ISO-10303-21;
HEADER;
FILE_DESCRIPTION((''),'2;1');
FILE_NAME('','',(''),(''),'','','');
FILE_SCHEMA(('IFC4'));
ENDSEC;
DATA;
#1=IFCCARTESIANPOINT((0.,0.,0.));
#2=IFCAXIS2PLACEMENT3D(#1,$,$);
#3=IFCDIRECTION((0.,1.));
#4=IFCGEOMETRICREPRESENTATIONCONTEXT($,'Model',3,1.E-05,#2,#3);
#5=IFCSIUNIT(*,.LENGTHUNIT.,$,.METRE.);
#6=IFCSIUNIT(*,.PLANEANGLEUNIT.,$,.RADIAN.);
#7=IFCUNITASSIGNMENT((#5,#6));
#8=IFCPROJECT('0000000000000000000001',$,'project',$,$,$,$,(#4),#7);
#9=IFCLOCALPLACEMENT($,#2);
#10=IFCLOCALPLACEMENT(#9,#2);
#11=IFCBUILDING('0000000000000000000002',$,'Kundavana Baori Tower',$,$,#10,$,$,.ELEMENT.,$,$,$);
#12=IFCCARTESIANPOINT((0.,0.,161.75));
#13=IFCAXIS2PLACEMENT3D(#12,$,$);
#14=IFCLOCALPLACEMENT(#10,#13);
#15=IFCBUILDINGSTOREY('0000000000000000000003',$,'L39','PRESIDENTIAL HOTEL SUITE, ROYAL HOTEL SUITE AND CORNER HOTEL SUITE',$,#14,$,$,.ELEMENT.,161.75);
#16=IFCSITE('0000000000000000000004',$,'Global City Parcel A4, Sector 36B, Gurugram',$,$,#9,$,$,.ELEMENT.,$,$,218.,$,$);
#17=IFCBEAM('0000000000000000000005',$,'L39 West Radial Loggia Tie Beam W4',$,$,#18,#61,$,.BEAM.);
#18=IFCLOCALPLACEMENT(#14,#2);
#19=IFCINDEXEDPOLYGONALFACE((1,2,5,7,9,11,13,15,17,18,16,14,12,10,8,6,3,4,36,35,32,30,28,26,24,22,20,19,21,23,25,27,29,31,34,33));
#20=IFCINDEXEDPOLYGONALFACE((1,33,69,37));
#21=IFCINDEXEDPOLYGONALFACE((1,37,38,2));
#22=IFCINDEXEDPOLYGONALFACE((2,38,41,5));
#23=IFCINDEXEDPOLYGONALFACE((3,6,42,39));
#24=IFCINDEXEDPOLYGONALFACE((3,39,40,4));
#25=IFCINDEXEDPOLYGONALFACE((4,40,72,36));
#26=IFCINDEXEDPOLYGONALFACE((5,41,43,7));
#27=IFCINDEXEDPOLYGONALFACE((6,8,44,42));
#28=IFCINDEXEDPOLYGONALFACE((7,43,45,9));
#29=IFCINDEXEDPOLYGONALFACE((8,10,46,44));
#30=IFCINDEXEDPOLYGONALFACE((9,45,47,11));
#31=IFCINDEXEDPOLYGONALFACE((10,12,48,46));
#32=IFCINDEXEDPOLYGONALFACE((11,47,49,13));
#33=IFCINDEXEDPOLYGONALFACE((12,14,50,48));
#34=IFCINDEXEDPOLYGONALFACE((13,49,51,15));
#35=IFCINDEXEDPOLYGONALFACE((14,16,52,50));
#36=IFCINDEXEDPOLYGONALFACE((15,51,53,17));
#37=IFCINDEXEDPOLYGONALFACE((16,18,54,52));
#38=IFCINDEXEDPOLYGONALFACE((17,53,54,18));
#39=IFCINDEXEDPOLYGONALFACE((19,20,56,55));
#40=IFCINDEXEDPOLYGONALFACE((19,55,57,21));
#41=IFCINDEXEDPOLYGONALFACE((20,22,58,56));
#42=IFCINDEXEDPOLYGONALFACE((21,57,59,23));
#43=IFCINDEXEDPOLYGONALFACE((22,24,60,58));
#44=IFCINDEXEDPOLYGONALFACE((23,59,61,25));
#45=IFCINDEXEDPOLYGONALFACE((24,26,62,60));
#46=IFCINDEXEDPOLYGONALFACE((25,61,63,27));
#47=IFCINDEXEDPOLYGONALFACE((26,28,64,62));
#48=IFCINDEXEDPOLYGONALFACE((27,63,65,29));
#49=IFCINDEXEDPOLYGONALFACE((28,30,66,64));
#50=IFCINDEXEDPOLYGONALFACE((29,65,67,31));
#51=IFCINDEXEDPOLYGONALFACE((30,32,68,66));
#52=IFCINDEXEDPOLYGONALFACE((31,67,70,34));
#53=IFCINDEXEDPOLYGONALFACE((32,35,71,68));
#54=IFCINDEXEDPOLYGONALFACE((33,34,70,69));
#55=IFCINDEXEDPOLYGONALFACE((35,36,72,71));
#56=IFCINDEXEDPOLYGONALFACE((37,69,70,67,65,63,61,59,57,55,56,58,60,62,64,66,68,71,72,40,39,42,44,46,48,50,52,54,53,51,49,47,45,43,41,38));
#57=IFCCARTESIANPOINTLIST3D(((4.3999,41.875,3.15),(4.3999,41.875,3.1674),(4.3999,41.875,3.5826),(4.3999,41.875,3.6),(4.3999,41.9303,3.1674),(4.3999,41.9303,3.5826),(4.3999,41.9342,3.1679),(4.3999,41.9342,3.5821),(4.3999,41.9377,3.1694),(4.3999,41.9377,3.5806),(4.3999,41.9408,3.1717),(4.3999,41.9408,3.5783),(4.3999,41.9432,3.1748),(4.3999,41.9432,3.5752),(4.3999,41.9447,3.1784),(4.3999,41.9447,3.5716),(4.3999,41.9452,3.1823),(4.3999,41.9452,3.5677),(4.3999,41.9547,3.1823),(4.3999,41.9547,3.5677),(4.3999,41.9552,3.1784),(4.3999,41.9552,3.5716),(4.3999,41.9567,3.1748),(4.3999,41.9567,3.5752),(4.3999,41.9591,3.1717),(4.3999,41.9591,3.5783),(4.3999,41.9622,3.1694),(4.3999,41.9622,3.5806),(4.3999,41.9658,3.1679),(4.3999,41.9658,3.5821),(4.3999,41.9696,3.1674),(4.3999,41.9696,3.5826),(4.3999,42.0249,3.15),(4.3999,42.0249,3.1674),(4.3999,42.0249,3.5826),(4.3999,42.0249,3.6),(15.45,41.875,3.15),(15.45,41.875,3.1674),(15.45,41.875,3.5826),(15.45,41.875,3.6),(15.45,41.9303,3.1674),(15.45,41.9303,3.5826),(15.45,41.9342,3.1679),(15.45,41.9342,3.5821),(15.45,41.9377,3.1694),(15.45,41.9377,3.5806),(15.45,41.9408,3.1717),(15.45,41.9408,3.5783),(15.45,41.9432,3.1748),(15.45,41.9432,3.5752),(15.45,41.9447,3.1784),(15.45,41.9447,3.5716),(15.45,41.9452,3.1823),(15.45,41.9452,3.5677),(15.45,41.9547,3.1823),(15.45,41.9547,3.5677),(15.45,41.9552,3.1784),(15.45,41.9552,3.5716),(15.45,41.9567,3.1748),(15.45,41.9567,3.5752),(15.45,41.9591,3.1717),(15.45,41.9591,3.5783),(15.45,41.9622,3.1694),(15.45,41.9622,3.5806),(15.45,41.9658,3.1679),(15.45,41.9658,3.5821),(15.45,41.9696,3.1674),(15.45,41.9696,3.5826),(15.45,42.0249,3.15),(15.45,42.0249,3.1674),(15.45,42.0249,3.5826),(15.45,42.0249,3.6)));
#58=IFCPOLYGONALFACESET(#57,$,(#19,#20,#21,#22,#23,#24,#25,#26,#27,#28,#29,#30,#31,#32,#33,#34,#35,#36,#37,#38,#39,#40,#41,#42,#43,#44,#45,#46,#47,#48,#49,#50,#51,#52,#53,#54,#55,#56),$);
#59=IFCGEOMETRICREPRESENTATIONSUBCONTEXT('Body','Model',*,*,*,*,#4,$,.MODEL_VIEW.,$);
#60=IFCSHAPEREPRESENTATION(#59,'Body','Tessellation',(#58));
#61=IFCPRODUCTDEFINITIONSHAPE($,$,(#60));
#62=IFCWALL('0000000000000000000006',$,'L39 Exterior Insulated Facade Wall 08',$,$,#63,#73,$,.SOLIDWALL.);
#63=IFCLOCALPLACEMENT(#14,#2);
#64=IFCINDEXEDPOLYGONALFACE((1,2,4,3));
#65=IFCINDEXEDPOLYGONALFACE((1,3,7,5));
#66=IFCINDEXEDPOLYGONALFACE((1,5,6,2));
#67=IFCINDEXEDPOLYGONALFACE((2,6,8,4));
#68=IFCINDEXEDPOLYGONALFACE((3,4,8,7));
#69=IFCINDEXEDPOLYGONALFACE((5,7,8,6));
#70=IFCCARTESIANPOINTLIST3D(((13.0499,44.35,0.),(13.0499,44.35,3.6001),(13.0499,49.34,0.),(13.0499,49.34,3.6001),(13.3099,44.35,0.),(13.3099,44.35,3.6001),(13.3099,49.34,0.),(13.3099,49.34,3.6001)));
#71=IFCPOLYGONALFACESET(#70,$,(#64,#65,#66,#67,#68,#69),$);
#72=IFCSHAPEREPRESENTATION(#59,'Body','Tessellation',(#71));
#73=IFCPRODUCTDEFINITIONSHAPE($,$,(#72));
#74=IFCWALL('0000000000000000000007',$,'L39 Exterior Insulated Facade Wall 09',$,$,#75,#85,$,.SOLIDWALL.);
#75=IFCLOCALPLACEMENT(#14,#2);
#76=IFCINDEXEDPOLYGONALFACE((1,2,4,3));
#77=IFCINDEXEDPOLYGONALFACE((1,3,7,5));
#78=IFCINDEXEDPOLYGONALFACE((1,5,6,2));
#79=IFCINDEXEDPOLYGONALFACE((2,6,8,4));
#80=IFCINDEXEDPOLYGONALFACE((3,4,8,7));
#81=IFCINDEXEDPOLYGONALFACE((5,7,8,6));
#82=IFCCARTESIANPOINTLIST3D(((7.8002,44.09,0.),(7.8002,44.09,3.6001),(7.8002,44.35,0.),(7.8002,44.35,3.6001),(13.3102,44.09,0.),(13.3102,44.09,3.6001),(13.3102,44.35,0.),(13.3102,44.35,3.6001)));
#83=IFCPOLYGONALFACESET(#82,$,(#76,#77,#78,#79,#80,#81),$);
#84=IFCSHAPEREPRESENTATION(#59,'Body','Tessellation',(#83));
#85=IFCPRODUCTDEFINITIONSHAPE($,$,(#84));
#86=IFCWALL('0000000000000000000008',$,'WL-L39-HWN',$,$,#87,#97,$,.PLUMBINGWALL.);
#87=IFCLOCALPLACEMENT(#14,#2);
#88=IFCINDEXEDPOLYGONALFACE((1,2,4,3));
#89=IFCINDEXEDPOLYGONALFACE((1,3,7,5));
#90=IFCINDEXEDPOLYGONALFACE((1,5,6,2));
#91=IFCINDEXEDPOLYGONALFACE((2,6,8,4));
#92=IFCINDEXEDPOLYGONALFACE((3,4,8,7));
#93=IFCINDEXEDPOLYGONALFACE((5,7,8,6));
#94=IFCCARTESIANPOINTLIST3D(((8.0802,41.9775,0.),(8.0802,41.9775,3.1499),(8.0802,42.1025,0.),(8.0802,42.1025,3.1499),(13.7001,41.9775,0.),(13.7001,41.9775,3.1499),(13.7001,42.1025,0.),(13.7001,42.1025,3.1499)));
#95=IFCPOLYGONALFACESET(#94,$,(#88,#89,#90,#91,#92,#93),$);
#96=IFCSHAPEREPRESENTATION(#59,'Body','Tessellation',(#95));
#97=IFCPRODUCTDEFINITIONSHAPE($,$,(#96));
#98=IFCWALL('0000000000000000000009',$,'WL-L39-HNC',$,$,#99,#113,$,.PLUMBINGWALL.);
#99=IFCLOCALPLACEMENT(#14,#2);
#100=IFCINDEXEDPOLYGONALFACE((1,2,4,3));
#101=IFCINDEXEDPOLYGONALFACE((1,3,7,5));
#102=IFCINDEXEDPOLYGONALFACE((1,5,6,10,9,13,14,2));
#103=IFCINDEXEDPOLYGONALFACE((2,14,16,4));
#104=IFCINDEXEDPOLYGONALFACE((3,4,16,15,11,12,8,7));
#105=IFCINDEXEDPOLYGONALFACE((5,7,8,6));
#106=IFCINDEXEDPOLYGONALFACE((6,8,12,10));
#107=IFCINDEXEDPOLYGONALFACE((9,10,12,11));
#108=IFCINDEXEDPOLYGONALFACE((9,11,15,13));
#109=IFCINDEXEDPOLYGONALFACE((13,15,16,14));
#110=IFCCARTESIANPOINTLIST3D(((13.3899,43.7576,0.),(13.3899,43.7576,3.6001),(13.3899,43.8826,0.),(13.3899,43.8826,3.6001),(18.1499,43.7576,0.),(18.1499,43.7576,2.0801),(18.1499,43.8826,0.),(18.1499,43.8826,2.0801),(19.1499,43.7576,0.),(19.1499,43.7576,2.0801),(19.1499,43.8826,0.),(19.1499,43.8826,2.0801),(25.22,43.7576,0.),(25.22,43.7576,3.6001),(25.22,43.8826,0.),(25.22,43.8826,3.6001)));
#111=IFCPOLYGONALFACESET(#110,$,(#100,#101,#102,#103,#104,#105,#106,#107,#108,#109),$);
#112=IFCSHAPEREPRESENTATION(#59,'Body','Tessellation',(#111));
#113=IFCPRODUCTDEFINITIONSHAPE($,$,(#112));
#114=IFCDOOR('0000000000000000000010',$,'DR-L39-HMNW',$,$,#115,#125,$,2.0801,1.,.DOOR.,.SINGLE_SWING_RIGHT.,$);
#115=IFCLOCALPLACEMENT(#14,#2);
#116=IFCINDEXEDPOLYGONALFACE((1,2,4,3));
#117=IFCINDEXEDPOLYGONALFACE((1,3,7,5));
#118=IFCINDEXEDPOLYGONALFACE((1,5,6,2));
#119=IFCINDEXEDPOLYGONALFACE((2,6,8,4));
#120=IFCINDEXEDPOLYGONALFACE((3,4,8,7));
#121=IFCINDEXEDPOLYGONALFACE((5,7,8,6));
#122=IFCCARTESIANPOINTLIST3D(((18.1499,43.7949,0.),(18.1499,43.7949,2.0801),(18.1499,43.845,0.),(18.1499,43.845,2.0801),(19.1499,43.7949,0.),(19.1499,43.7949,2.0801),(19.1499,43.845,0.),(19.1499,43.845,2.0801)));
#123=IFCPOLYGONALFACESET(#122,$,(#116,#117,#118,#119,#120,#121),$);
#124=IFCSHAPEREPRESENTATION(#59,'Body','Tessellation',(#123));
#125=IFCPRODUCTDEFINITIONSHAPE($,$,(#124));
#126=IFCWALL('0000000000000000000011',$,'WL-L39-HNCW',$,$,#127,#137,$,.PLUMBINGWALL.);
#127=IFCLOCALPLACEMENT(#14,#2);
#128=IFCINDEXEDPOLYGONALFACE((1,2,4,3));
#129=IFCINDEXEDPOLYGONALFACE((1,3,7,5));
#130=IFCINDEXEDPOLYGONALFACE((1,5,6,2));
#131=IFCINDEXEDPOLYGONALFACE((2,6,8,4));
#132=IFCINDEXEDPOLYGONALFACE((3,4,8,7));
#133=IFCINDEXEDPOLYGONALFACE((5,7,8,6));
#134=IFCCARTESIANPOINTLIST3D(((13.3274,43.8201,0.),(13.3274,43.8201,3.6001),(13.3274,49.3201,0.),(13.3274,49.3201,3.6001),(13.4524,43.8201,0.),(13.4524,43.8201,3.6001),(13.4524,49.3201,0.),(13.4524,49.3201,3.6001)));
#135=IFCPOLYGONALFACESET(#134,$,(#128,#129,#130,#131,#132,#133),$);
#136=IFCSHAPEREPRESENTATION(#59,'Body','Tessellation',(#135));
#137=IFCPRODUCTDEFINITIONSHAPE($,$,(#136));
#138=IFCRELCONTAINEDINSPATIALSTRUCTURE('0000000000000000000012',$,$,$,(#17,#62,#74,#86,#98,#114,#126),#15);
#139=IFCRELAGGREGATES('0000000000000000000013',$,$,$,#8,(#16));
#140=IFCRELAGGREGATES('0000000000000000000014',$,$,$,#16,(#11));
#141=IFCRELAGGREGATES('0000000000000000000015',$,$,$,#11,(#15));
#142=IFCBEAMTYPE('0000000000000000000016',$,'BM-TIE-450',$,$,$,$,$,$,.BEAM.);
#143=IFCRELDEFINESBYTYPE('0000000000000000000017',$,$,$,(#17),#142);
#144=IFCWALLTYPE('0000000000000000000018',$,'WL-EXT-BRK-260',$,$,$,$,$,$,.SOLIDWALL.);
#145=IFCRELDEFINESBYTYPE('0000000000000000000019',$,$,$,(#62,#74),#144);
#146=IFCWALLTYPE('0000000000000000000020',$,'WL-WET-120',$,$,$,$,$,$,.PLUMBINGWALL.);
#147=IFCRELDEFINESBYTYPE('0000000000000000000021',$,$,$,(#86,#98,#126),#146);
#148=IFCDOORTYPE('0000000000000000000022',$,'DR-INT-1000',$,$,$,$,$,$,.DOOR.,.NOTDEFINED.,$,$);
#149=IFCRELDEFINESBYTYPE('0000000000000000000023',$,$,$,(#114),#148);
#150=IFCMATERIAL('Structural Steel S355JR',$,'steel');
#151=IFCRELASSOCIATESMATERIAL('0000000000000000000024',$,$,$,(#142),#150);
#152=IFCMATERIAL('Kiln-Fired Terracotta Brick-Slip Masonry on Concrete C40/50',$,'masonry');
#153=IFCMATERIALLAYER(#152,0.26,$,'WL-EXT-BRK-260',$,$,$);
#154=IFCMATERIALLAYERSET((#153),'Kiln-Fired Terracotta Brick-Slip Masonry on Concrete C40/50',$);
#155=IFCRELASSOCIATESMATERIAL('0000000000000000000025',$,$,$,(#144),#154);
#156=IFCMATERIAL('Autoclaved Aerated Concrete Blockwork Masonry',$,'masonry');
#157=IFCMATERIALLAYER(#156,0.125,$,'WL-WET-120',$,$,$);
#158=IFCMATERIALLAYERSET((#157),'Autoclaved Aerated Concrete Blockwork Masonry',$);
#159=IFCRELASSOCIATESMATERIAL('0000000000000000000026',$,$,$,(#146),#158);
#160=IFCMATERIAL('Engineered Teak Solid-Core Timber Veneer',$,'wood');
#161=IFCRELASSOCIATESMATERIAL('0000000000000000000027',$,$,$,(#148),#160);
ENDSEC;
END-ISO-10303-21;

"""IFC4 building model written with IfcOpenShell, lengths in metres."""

from ifc_helpers import new_model, si_unit, direction, frame, frame_2d, origin, origin_2d, place, context, subcontext, project, spatial, rectangle, i_section, extrude, material, layer, layer_set, material_profile, profile_set, type_object, element, fill, save


model = new_model("IFC4")

# Units and contexts
model_context = context("Model", 3, precision=1e-05, world=origin(), true_north=direction((0.0, 1.0)))
body_context = subcontext(model_context, "Body", "Model", "MODEL_VIEW")
ifc_project = project(units=[si_unit("LENGTHUNIT", "METRE"), si_unit("PLANEANGLEUNIT", "RADIAN")], contexts=[model_context])

# Site, building, storey
site_placement = place(None, origin())
site = spatial("IfcSite", under=ifc_project, at=site_placement, Name="Global City Parcel A4, Sector 36B, Gurugram", CompositionType="ELEMENT", RefElevation=218.0)
building_placement = place(site_placement, origin())
building = spatial("IfcBuilding", under=site, at=building_placement, Name="Kundavana Baori Tower", CompositionType="ELEMENT")
storey_placement = place(building_placement, frame((0.0, 0.0, 161.75)))
storey = spatial("IfcBuildingStorey", under=building, at=storey_placement, Name="L39", Description="PRESIDENTIAL HOTEL SUITE, ROYAL HOTEL SUITE AND CORNER HOTEL SUITE", CompositionType="ELEMENT", Elevation=161.75)

# Beam
ifc_material_1 = material(Name="Structural Steel S355JR", Category="steel")
ifc_material_profile = material_profile(ifc_material_1, i_section(OverallWidth=0.1499, OverallDepth=0.45, WebThickness=0.0095, FlangeThickness=0.0173, FilletRadius=0.0149, at=origin_2d()), Name="ISMB 450")
ifc_profile_set = profile_set([ifc_material_profile], Name="Structural Steel S355JR")
beam_type = type_object("IfcBeamType", Name="BM-TIE-450", PredefinedType="BEAM", material=ifc_profile_set)
beam_placement = place(storey_placement, frame((15.45, 41.95, 3.375), z_axis=(-1.0, 0.0, 0.0), x_axis=(0.0, -1.0, 0.0)))
element("IfcBeam", 1, at=beam_placement, inside=storey, type_object=beam_type, Name="L39 West Radial Loggia Tie Beam W4", PredefinedType="BEAM", context=body_context, shape_type="SweptSolid", body=[
    extrude(i_section(OverallWidth=0.1499, OverallDepth=0.45, WebThickness=0.0095, FlangeThickness=0.0173, FilletRadius=0.0149, at=origin_2d()), origin(), (0.0, 0.0, 1.0), 11.05),
])

# Walls
ifc_material_2 = material(Name="Kiln-Fired Terracotta Brick-Slip Masonry on Concrete C40/50", Category="masonry")
ifc_layer_1 = layer(ifc_material_2, 0.26, Name="WL-EXT-BRK-260")
ifc_layer_set_1 = layer_set([ifc_layer_1], Name="Kiln-Fired Terracotta Brick-Slip Masonry on Concrete C40/50")
wall_type_1 = type_object("IfcWallType", Name="WL-EXT-BRK-260", PredefinedType="SOLIDWALL", material=ifc_layer_set_1)
wall_1_placement = place(storey_placement, frame((13.1799, 49.3401, 0.0), z_axis=(0.0, 0.0, 1.0), x_axis=(0.0, -1.0, 0.0)))
element("IfcWall", 2, at=wall_1_placement, inside=storey, type_object=wall_type_1, Name="L39 Exterior Insulated Facade Wall 08", PredefinedType="SOLIDWALL", context=body_context, shape_type="SweptSolid", body=[
    extrude(rectangle(XDim=4.99, YDim=0.26, at=frame_2d((2.4951, 0.0))), origin(), (0.0, 0.0, 1.0), 3.6001),
])
wall_2_placement = place(storey_placement, frame((13.3101, 44.22, 0.0), z_axis=(0.0, 0.0, 1.0), x_axis=(-1.0, 0.0, 0.0)))
element("IfcWall", 3, at=wall_2_placement, inside=storey, type_object=wall_type_1, Name="L39 Exterior Insulated Facade Wall 09", PredefinedType="SOLIDWALL", context=body_context, shape_type="SweptSolid", body=[
    extrude(rectangle(XDim=5.51, YDim=0.26, at=frame_2d((2.7549, 0.0))), origin(), (0.0, 0.0, 1.0), 3.6001),
])

# Wall
ifc_material_3 = material(Name="Autoclaved Aerated Concrete Blockwork Masonry", Category="masonry")
ifc_layer_2 = layer(ifc_material_3, 0.125, Name="WL-WET-120")
ifc_layer_set_2 = layer_set([ifc_layer_2], Name="Autoclaved Aerated Concrete Blockwork Masonry")
wall_type_2 = type_object("IfcWallType", Name="WL-WET-120", PredefinedType="PLUMBINGWALL", material=ifc_layer_set_2)
wall_3_placement = place(storey_placement, frame((8.0801, 42.04, 0.0), z_axis=(0.0, 0.0, 1.0), x_axis=(1.0, 0.0, 0.0)))
element("IfcWall", 4, at=wall_3_placement, inside=storey, type_object=wall_type_2, Name="WL-L39-HWN", PredefinedType="PLUMBINGWALL", context=body_context, shape_type="SweptSolid", body=[
    extrude(rectangle(XDim=5.6199, YDim=0.125, at=frame_2d((2.8101, 0.0))), origin(), (0.0, 0.0, 1.0), 3.1499),
])

# Wall, opening, door
wall_4_placement = place(storey_placement, frame((13.3899, 43.8201, 0.0), z_axis=(0.0, 0.0, 1.0), x_axis=(1.0, 0.0, 0.0)))
wall_4 = element("IfcWall", 5, at=wall_4_placement, inside=storey, type_object=wall_type_2, Name="WL-L39-HNC", PredefinedType="PLUMBINGWALL", context=body_context, shape_type="SweptSolid", body=[
    extrude(rectangle(XDim=11.8301, YDim=0.125, at=frame_2d((5.915, 0.0))), origin(), (0.0, 0.0, 1.0), 3.6001),
])
opening_1_placement = place(wall_4_placement, frame((4.76, 0.0, 0.0)))
opening_1 = element("IfcOpeningElement", 6, at=opening_1_placement, cuts=wall_4, PredefinedType="OPENING", context=body_context, shape_type="SweptSolid", body=[
    extrude(rectangle(XDim=1.0, YDim=2.0801, at=frame_2d((0.5, 1.04))), frame((0.0, 0.0725, 0.0), z_axis=(0.0, -1.0, 0.0), x_axis=(1.0, 0.0, 0.0)), (0.0, 0.0, 1.0), 0.145),
])
ifc_material_4 = material(Name="Engineered Teak Solid-Core Timber Veneer", Category="wood")
door_type_1 = type_object("IfcDoorType", Name="DR-INT-1000", OperationType="NOTDEFINED", PredefinedType="DOOR", material=ifc_material_4)
door_1_placement = place(opening_1_placement, origin())
door_1 = element("IfcDoor", 7, at=door_1_placement, inside=storey, type_object=door_type_1, Name="DR-L39-HMNW", OperationType="SINGLE_SWING_RIGHT", OverallHeight=2.0801, OverallWidth=1.0, PredefinedType="DOOR", context=body_context, shape_type="SweptSolid", body=[
    extrude(rectangle(XDim=1.0, YDim=2.0801, at=frame_2d((0.5, 1.04))), frame((0.0, 0.0249, 0.0), z_axis=(0.0, -1.0, 0.0), x_axis=(1.0, 0.0, 0.0)), (0.0, 0.0, 1.0), 0.05),
])
fill(opening_1, door_1)

# Wall
wall_5_placement = place(storey_placement, frame((13.3899, 43.8201, 0.0), z_axis=(0.0, 0.0, 1.0), x_axis=(0.0, 1.0, 0.0)))
element("IfcWall", 8, at=wall_5_placement, inside=storey, type_object=wall_type_2, Name="WL-L39-HNCW", PredefinedType="PLUMBINGWALL", context=body_context, shape_type="SweptSolid", body=[
    extrude(rectangle(XDim=5.5, YDim=0.125, at=frame_2d((2.75, 0.0))), origin(), (0.0, 0.0, 1.0), 3.6001),
])

save(model, "model.ifc")
